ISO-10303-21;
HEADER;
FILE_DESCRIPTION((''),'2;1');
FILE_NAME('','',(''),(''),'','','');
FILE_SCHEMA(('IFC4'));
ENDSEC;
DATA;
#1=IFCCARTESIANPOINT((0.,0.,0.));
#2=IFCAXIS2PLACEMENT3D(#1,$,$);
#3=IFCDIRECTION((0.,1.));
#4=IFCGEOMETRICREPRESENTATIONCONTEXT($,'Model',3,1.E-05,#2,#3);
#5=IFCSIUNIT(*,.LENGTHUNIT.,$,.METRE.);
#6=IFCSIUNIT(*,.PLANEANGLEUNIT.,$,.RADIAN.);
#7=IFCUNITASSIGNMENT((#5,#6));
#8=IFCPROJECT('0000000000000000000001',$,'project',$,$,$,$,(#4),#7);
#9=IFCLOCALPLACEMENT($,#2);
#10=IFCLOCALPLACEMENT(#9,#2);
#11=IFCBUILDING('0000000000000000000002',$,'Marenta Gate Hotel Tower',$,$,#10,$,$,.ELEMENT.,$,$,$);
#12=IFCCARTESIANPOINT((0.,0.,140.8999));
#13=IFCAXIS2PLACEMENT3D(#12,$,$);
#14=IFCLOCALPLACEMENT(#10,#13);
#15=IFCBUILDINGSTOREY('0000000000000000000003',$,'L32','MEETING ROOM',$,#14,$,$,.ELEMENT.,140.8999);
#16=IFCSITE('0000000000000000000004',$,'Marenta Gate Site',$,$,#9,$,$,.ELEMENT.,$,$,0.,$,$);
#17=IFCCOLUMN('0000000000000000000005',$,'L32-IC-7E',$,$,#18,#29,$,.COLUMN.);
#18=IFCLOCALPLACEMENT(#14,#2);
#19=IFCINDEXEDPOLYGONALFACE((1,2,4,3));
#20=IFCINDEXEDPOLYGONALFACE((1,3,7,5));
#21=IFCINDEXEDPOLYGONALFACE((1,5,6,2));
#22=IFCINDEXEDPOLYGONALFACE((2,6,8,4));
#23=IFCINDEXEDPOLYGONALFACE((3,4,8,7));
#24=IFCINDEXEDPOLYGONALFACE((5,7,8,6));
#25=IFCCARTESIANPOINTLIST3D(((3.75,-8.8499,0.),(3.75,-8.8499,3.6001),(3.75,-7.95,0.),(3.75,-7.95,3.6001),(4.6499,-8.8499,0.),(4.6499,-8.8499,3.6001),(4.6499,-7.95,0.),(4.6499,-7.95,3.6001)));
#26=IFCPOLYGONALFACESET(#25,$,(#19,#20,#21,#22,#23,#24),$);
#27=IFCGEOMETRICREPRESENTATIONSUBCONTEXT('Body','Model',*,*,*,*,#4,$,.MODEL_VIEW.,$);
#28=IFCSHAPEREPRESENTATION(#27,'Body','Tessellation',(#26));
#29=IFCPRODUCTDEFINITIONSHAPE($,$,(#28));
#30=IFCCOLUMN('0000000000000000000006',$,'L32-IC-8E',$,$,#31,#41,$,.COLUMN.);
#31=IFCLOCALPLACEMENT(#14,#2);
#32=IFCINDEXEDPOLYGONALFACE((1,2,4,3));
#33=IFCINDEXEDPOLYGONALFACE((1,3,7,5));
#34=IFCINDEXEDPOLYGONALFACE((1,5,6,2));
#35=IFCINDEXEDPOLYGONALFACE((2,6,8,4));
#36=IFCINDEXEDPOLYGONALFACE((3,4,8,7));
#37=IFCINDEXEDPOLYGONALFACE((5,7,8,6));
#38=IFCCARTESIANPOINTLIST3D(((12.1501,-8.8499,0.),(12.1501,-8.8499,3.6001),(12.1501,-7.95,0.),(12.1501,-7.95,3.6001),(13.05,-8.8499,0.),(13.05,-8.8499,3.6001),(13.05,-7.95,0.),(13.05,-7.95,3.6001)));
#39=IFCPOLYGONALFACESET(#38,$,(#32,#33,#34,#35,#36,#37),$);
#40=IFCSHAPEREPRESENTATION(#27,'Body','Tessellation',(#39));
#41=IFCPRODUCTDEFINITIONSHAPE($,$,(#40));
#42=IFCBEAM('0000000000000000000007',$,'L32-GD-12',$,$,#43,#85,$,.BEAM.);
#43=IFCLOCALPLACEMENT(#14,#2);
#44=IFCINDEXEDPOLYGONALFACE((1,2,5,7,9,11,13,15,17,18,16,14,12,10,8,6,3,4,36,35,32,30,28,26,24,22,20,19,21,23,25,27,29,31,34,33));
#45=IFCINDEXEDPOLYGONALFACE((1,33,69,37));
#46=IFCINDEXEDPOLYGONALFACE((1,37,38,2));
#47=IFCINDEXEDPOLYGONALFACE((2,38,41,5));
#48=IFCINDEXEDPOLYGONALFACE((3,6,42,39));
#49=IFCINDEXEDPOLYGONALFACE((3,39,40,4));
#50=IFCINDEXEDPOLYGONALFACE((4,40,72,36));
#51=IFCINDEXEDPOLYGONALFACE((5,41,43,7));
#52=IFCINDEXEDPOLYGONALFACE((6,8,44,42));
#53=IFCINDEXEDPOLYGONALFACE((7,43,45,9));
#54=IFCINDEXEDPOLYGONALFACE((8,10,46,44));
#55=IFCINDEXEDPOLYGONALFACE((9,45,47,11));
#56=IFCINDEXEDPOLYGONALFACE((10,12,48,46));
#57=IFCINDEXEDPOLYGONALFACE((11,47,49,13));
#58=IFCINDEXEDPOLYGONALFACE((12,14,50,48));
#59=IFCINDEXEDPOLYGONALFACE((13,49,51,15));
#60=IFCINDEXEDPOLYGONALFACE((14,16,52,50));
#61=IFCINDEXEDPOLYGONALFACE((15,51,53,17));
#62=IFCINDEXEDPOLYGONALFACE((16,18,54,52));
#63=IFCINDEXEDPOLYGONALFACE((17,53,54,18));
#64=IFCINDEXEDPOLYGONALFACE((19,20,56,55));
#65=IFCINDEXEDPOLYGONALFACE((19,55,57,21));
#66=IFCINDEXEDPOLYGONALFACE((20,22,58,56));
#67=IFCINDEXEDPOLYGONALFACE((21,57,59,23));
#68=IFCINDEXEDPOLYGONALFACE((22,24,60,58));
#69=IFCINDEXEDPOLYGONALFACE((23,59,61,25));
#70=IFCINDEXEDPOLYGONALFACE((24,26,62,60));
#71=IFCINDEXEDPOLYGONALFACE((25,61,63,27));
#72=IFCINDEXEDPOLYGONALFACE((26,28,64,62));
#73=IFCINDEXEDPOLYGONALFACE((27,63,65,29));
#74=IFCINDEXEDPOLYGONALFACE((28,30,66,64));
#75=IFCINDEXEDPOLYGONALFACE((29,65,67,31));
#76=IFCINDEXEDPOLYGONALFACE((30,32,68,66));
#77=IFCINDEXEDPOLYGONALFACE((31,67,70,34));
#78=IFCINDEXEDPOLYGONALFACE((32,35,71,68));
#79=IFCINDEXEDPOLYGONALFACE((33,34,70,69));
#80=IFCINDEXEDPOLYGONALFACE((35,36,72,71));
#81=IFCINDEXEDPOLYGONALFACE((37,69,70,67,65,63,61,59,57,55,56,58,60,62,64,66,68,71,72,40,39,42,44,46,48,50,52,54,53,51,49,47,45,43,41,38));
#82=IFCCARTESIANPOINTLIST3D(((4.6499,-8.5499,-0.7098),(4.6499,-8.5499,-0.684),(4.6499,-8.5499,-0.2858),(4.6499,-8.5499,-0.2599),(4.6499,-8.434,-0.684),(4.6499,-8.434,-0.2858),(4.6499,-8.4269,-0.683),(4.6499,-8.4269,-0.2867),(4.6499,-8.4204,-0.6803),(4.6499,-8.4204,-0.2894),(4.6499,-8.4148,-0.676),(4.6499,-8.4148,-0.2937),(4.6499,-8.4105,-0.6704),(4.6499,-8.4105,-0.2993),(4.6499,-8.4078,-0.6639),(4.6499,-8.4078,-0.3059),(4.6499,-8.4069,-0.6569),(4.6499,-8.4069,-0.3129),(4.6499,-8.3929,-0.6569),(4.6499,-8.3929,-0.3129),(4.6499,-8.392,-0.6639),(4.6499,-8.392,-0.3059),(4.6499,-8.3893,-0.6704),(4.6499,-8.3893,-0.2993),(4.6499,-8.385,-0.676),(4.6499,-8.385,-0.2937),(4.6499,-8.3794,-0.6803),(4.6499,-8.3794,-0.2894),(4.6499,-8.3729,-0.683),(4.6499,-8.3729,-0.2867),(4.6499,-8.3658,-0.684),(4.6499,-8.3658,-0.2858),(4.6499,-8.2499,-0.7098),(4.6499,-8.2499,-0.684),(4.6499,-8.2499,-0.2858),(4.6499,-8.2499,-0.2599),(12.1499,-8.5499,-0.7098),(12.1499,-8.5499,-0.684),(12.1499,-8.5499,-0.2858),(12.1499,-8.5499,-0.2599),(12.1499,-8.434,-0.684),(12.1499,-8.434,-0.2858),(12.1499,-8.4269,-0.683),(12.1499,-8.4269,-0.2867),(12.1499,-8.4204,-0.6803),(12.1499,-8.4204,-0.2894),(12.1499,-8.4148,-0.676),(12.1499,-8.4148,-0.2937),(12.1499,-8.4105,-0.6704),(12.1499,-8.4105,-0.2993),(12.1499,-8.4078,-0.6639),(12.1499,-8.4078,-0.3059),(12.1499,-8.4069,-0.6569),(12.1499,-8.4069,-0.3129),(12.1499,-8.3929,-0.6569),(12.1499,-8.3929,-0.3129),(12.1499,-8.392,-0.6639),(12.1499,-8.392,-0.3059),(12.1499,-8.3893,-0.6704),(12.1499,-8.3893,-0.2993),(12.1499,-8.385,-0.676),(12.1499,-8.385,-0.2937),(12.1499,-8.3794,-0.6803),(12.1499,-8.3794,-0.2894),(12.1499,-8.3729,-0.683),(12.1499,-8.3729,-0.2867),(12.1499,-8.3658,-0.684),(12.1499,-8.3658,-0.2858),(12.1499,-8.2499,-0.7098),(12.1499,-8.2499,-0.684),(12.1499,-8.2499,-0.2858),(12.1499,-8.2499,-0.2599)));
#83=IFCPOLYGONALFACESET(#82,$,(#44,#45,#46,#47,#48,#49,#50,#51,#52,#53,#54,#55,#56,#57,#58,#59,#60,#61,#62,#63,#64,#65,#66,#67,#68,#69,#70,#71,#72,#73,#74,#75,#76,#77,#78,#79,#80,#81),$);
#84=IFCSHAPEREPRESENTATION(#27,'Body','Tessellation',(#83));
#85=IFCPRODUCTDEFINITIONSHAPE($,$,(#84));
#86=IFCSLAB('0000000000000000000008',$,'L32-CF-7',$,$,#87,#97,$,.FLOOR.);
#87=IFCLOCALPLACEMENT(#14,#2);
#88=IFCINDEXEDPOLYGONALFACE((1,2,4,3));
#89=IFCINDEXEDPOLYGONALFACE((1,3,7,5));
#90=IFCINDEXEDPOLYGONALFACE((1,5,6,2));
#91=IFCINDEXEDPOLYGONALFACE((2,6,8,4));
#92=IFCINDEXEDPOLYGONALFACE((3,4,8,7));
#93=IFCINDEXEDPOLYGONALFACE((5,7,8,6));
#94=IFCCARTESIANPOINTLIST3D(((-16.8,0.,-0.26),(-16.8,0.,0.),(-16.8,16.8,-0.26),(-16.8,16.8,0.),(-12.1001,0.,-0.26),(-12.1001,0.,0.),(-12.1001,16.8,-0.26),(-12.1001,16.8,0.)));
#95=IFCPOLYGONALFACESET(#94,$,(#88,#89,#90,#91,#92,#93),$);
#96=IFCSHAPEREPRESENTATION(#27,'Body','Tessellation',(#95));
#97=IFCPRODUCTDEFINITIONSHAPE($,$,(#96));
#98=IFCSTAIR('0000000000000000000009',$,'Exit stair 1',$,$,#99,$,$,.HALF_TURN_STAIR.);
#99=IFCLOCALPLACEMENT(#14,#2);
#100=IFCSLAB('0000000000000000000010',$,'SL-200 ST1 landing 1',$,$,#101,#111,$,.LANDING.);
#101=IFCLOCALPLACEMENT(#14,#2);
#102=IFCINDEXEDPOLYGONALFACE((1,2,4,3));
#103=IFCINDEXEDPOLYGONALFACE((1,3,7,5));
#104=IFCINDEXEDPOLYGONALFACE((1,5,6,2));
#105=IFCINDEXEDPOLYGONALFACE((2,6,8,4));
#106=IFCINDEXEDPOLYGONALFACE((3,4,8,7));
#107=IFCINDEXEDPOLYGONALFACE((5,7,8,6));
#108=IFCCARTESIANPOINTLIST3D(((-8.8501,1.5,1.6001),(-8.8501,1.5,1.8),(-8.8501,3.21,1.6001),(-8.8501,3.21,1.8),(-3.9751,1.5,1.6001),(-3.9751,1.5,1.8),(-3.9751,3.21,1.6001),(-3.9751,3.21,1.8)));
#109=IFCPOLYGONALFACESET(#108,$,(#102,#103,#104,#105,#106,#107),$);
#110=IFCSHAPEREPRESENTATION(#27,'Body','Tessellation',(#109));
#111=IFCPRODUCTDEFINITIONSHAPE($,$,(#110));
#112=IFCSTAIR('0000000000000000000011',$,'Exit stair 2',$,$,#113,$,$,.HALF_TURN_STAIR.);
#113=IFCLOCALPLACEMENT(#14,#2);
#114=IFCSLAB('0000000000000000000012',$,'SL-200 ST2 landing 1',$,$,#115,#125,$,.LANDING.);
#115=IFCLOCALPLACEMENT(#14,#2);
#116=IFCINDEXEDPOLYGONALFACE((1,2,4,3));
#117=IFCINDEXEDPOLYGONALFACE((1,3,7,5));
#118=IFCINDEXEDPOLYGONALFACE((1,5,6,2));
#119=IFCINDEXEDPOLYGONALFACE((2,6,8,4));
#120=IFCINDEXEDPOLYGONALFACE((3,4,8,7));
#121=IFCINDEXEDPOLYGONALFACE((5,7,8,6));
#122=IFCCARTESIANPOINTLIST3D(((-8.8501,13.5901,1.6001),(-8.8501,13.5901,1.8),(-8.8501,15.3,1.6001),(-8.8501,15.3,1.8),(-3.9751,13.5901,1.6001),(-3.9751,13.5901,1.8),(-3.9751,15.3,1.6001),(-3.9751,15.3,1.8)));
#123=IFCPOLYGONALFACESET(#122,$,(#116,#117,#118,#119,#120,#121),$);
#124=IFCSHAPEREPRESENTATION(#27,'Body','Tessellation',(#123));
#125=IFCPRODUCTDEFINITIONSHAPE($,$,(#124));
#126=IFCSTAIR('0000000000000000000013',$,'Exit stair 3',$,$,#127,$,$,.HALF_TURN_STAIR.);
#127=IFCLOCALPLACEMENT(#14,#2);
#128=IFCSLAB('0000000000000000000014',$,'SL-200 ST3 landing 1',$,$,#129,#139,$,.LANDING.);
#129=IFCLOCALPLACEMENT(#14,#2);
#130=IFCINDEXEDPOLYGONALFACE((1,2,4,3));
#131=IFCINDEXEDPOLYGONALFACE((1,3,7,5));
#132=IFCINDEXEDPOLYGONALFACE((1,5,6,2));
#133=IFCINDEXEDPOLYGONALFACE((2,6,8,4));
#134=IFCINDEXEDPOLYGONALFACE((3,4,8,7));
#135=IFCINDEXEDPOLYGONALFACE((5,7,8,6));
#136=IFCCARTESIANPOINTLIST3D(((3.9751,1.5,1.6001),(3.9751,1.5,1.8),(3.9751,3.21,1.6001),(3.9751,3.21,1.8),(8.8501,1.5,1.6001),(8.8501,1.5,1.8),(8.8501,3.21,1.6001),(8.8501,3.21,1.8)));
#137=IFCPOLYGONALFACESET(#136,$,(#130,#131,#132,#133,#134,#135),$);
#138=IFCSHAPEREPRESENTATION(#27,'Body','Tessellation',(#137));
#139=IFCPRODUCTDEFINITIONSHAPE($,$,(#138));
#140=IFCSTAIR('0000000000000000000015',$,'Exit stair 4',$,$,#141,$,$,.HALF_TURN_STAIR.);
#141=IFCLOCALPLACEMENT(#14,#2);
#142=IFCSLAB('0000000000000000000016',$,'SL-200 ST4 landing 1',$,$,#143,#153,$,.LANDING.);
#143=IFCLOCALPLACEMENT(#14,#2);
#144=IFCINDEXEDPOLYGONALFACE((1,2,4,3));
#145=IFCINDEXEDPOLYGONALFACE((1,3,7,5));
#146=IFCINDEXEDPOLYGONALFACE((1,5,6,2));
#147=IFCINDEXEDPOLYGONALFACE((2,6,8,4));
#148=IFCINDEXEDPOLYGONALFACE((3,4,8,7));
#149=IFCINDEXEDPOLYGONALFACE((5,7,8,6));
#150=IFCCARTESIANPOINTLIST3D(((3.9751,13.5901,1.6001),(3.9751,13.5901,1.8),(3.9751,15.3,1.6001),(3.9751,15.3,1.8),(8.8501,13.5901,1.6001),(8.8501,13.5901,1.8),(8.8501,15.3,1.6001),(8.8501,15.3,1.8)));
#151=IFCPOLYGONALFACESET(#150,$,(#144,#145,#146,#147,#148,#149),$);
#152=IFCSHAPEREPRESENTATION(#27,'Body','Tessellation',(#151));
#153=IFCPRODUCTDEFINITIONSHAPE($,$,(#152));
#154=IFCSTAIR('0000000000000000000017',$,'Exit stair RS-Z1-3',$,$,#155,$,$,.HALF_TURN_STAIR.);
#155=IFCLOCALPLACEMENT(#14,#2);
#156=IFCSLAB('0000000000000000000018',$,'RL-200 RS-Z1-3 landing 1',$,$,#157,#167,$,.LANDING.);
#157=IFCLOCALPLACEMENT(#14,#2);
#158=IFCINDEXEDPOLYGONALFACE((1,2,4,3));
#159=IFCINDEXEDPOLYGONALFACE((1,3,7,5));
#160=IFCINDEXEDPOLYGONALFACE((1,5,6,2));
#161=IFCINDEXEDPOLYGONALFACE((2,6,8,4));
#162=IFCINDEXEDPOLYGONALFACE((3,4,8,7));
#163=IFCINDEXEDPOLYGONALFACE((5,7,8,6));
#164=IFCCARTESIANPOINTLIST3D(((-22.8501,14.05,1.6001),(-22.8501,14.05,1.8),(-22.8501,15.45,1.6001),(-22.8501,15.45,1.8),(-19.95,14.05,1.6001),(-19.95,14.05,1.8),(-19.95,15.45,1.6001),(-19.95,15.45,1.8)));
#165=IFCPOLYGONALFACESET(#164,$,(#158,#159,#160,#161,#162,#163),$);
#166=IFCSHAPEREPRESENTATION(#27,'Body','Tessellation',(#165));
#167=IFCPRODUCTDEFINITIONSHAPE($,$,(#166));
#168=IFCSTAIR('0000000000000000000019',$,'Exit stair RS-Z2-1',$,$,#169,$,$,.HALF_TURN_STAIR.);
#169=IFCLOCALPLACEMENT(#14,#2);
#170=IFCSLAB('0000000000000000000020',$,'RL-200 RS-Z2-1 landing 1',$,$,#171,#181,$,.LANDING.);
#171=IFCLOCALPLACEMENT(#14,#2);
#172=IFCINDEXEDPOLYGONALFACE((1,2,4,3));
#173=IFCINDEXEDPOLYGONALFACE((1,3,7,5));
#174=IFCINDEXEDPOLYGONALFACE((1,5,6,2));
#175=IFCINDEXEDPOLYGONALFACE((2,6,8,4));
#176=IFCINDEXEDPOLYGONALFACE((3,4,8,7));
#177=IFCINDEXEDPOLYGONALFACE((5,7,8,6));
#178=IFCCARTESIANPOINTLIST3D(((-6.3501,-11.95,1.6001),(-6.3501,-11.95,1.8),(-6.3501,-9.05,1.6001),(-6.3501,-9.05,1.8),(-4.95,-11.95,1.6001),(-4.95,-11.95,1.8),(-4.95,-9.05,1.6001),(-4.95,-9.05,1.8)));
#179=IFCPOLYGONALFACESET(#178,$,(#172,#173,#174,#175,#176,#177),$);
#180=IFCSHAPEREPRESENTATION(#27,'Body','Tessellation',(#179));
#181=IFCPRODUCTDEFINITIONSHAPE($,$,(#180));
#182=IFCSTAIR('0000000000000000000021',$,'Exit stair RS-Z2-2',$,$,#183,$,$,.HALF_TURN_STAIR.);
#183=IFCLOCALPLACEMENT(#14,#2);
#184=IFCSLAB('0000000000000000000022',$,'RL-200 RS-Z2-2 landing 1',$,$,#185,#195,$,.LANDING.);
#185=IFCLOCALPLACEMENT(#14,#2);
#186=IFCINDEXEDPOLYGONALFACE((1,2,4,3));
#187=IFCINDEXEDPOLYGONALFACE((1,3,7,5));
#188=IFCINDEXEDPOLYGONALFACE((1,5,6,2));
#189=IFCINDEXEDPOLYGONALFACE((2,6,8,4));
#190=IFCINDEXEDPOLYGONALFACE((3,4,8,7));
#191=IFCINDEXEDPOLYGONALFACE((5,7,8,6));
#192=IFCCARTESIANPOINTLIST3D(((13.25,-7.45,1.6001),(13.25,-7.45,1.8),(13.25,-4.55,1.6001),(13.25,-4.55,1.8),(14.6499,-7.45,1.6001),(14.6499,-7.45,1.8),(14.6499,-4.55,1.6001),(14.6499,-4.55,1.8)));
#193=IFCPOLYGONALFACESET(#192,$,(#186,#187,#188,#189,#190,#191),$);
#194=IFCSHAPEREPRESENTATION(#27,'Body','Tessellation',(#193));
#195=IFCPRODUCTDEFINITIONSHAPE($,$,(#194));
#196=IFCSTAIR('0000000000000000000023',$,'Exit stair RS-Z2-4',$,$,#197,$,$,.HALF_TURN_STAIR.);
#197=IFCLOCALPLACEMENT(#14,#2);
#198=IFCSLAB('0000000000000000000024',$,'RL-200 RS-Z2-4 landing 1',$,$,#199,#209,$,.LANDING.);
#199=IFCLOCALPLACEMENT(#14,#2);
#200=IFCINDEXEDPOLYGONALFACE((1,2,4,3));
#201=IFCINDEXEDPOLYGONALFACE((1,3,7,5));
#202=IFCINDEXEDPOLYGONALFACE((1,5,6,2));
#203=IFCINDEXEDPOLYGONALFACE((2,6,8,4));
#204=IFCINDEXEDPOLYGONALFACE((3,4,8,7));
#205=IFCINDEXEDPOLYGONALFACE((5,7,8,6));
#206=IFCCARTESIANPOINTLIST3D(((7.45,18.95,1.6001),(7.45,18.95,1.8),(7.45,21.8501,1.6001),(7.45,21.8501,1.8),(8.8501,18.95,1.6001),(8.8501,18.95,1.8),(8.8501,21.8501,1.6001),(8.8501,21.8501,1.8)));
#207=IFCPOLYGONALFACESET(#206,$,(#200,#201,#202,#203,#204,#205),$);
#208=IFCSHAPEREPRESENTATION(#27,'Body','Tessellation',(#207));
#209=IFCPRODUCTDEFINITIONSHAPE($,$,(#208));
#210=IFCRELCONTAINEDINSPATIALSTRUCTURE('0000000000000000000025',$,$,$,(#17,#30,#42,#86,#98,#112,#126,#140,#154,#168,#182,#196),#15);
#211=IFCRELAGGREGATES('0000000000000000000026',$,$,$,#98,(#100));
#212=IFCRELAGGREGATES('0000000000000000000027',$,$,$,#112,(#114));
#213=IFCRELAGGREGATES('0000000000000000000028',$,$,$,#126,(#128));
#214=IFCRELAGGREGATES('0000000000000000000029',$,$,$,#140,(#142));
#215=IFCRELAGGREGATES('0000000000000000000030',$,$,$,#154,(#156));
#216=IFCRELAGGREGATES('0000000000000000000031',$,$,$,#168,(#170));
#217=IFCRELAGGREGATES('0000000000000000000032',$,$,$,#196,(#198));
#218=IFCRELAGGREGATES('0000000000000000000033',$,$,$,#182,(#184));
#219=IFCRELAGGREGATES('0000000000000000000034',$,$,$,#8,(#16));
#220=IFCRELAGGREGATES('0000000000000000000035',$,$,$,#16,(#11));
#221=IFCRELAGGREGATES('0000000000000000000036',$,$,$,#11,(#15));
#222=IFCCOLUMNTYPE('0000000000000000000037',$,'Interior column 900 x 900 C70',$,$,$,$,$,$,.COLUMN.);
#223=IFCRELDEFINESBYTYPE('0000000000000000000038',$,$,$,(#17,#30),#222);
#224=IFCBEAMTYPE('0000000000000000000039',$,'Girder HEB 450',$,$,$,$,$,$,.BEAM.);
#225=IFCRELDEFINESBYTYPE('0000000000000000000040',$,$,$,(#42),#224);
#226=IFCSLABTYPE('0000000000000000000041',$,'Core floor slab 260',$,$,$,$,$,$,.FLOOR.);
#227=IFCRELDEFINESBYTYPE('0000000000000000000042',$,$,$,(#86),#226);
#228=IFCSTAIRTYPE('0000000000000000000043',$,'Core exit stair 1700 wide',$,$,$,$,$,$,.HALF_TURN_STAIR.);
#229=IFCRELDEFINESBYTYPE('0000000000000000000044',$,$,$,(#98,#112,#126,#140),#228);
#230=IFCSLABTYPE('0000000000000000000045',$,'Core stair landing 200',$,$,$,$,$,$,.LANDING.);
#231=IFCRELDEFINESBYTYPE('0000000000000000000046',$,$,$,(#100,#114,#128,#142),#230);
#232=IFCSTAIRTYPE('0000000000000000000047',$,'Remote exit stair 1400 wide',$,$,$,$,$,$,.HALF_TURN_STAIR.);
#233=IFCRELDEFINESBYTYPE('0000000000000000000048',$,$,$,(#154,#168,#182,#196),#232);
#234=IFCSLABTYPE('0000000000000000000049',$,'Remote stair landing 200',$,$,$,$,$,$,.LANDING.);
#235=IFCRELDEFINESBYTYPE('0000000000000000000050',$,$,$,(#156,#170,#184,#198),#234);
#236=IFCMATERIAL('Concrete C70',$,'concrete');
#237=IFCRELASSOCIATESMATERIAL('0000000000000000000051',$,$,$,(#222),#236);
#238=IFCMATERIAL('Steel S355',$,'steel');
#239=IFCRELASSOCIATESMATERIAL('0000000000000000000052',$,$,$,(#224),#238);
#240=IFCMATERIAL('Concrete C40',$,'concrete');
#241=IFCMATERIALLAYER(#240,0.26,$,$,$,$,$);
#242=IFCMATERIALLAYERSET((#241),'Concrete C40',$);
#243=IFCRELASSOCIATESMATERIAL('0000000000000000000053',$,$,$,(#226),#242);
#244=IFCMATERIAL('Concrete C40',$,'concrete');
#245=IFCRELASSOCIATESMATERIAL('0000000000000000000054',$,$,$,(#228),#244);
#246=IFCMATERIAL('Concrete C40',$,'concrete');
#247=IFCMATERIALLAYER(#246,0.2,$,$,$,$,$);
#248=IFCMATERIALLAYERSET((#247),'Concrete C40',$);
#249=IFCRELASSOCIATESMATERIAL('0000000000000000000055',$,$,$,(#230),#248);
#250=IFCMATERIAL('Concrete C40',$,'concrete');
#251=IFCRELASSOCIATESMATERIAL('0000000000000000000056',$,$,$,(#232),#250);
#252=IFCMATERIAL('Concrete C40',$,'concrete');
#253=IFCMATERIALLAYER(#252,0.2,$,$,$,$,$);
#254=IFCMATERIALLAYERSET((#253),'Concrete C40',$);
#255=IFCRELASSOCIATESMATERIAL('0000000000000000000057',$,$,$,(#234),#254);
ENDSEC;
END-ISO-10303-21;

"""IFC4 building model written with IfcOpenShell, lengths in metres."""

from ifc_helpers import new_model, si_unit, direction, frame, origin, origin_2d, place, context, subcontext, project, spatial, polyline, rectangle, i_section, outline, extrude, material, layer, layer_set, material_profile, profile_set, type_object, element, aggregate, save


model = new_model("IFC4")

# Units and contexts
model_context = context("Model", 3, precision=1e-05, world=origin(), true_north=direction((0.0, 1.0)))
body_context = subcontext(model_context, "Body", "Model", "MODEL_VIEW")
ifc_project = project(units=[si_unit("LENGTHUNIT", "METRE"), si_unit("PLANEANGLEUNIT", "RADIAN")], contexts=[model_context])

# Site, building, storey
site_placement = place(None, origin())
site = spatial("IfcSite", under=ifc_project, at=site_placement, Name="Marenta Gate Site", CompositionType="ELEMENT", RefElevation=0.0)
building_placement = place(site_placement, origin())
building = spatial("IfcBuilding", under=site, at=building_placement, Name="Marenta Gate Hotel Tower", CompositionType="ELEMENT")
storey_placement = place(building_placement, frame((0.0, 0.0, 140.8999)))
storey = spatial("IfcBuildingStorey", under=building, at=storey_placement, Name="L32", Description="MEETING ROOM", CompositionType="ELEMENT", Elevation=140.8999)

# Columns
ifc_material_1 = material(Name="Concrete C70", Category="concrete")
ifc_material_profile_1 = material_profile(ifc_material_1, rectangle(XDim=0.8999, YDim=0.8999, at=origin_2d()), Name="900 x 900")
ifc_profile_set_1 = profile_set([ifc_material_profile_1], Name="Concrete C70")
column_type = type_object("IfcColumnType", Name="Interior column 900 x 900 C70", PredefinedType="COLUMN", material=ifc_profile_set_1)
for number, where, z_axis, x_axis, name in (
    (1, (4.2, -8.3999, 0.0), (0.0, 0.0, 1.0), (1.0, 0.0, 0.0), "L32-IC-7E"),
    (2, (12.6001, -8.3999, 0.0), (0.0, 0.0, 1.0), (1.0, 0.0, 0.0), "L32-IC-8E"),
):
    element("IfcColumn", number, at=place(storey_placement, frame(where, z_axis=z_axis, x_axis=x_axis)), inside=storey, type_object=column_type, Name=name, PredefinedType="COLUMN", context=body_context, shape_type="SweptSolid", body=[
        extrude(rectangle(XDim=0.8999, YDim=0.8999, at=origin_2d()), origin(), (0.0, 0.0, 1.0), 3.6001),
    ])

# Beam
ifc_material_2 = material(Name="Steel S355", Category="steel")
ifc_material_profile_2 = material_profile(ifc_material_2, i_section(OverallWidth=0.3, OverallDepth=0.45, WebThickness=0.0139, FlangeThickness=0.0259, FilletRadius=0.0271, at=origin_2d()), Name="HEB 450")
ifc_profile_set_2 = profile_set([ifc_material_profile_2], Name="Steel S355")
beam_type = type_object("IfcBeamType", Name="Girder HEB 450", PredefinedType="BEAM", material=ifc_profile_set_2)
beam_placement = place(storey_placement, frame((4.6499, -8.3999, -0.4849), z_axis=(1.0, 0.0, 0.0), x_axis=(0.0, 1.0, 0.0)))
element("IfcBeam", 3, at=beam_placement, inside=storey, type_object=beam_type, Name="L32-GD-12", PredefinedType="BEAM", context=body_context, shape_type="SweptSolid", body=[
    extrude(i_section(OverallWidth=0.3, OverallDepth=0.45, WebThickness=0.0139, FlangeThickness=0.0259, FilletRadius=0.0271, at=origin_2d()), origin(), (0.0, 0.0, 1.0), 7.5),
])

# Slab
ifc_material_3 = material(Name="Concrete C40", Category="concrete")
ifc_layer_1 = layer(ifc_material_3, 0.26)
ifc_layer_set_1 = layer_set([ifc_layer_1], Name="Concrete C40")
slab_type_1 = type_object("IfcSlabType", Name="Core floor slab 260", PredefinedType="FLOOR", material=ifc_layer_set_1)
slab_1_placement = place(storey_placement, frame((0.0, 0.0, -0.26)))
element("IfcSlab", 4, at=slab_1_placement, inside=storey, type_object=slab_type_1, Name="L32-CF-7", PredefinedType="FLOOR", context=body_context, shape_type="SweptSolid", body=[
    extrude(outline(polyline([(-12.1001, 16.8), (-12.1001, 0.0), (-16.8, 0.0), (-16.8, 16.8), (-12.1001, 16.8)])), origin(), (0.0, 0.0, 1.0), 0.26),
])

# Stairs, slabs
ifc_material_4 = material(Name="Concrete C40", Category="concrete")
stair_type_1 = type_object("IfcStairType", Name="Core exit stair 1700 wide", PredefinedType="HALF_TURN_STAIR", material=ifc_material_4)
stair_1_placement = place(storey_placement, origin())
stair_1 = element("IfcStair", 5, at=stair_1_placement, inside=storey, type_object=stair_type_1, Name="Exit stair 1", PredefinedType="HALF_TURN_STAIR")
ifc_material_5 = material(Name="Concrete C40", Category="concrete")
ifc_layer_2 = layer(ifc_material_5, 0.2)
ifc_layer_set_2 = layer_set([ifc_layer_2], Name="Concrete C40")
slab_type_2 = type_object("IfcSlabType", Name="Core stair landing 200", PredefinedType="LANDING", material=ifc_layer_set_2)
slab_2_placement = place(storey_placement, frame((0.0, 0.0, 1.6001)))
slab_2 = element("IfcSlab", 6, at=slab_2_placement, type_object=slab_type_2, Name="SL-200 ST1 landing 1", PredefinedType="LANDING", context=body_context, shape_type="SweptSolid", body=[
    extrude(outline(polyline([(-8.8501, 1.5), (-3.9751, 1.5), (-3.9751, 3.21), (-8.8501, 3.21), (-8.8501, 1.5)])), origin(), (0.0, 0.0, 1.0), 0.2),
])
aggregate(stair_1, [slab_2])
stair_2_placement = place(storey_placement, origin())
stair_2 = element("IfcStair", 7, at=stair_2_placement, inside=storey, type_object=stair_type_1, Name="Exit stair 2", PredefinedType="HALF_TURN_STAIR")
slab_3_placement = place(storey_placement, frame((0.0, 0.0, 1.6001)))
slab_3 = element("IfcSlab", 8, at=slab_3_placement, type_object=slab_type_2, Name="SL-200 ST2 landing 1", PredefinedType="LANDING", context=body_context, shape_type="SweptSolid", body=[
    extrude(outline(polyline([(-8.8501, 13.5901), (-3.9751, 13.5901), (-3.9751, 15.3), (-8.8501, 15.3), (-8.8501, 13.5901)])), origin(), (0.0, 0.0, 1.0), 0.2),
])
aggregate(stair_2, [slab_3])
stair_3_placement = place(storey_placement, origin())
stair_3 = element("IfcStair", 9, at=stair_3_placement, inside=storey, type_object=stair_type_1, Name="Exit stair 3", PredefinedType="HALF_TURN_STAIR")
slab_4_placement = place(storey_placement, frame((0.0, 0.0, 1.6001)))
slab_4 = element("IfcSlab", 10, at=slab_4_placement, type_object=slab_type_2, Name="SL-200 ST3 landing 1", PredefinedType="LANDING", context=body_context, shape_type="SweptSolid", body=[
    extrude(outline(polyline([(3.9751, 1.5), (8.8501, 1.5), (8.8501, 3.21), (3.9751, 3.21), (3.9751, 1.5)])), origin(), (0.0, 0.0, 1.0), 0.2),
])
aggregate(stair_3, [slab_4])
stair_4_placement = place(storey_placement, origin())
stair_4 = element("IfcStair", 11, at=stair_4_placement, inside=storey, type_object=stair_type_1, Name="Exit stair 4", PredefinedType="HALF_TURN_STAIR")
slab_5_placement = place(storey_placement, frame((0.0, 0.0, 1.6001)))
slab_5 = element("IfcSlab", 12, at=slab_5_placement, type_object=slab_type_2, Name="SL-200 ST4 landing 1", PredefinedType="LANDING", context=body_context, shape_type="SweptSolid", body=[
    extrude(outline(polyline([(3.9751, 13.5901), (8.8501, 13.5901), (8.8501, 15.3), (3.9751, 15.3), (3.9751, 13.5901)])), origin(), (0.0, 0.0, 1.0), 0.2),
])
aggregate(stair_4, [slab_5])
ifc_material_6 = material(Name="Concrete C40", Category="concrete")
stair_type_2 = type_object("IfcStairType", Name="Remote exit stair 1400 wide", PredefinedType="HALF_TURN_STAIR", material=ifc_material_6)
stair_5_placement = place(storey_placement, origin())
stair_5 = element("IfcStair", 13, at=stair_5_placement, inside=storey, type_object=stair_type_2, Name="Exit stair RS-Z1-3", PredefinedType="HALF_TURN_STAIR")
ifc_material_7 = material(Name="Concrete C40", Category="concrete")
ifc_layer_3 = layer(ifc_material_7, 0.2)
ifc_layer_set_3 = layer_set([ifc_layer_3], Name="Concrete C40")
slab_type_3 = type_object("IfcSlabType", Name="Remote stair landing 200", PredefinedType="LANDING", material=ifc_layer_set_3)
slab_6_placement = place(storey_placement, frame((0.0, 0.0, 1.6001)))
slab_6 = element("IfcSlab", 14, at=slab_6_placement, type_object=slab_type_3, Name="RL-200 RS-Z1-3 landing 1", PredefinedType="LANDING", context=body_context, shape_type="SweptSolid", body=[
    extrude(outline(polyline([(-22.8501, 14.05), (-19.95, 14.05), (-19.95, 15.45), (-22.8501, 15.45), (-22.8501, 14.05)])), origin(), (0.0, 0.0, 1.0), 0.2),
])
aggregate(stair_5, [slab_6])
stair_6_placement = place(storey_placement, origin())
stair_6 = element("IfcStair", 15, at=stair_6_placement, inside=storey, type_object=stair_type_2, Name="Exit stair RS-Z2-1", PredefinedType="HALF_TURN_STAIR")
slab_7_placement = place(storey_placement, frame((0.0, 0.0, 1.6001)))
slab_7 = element("IfcSlab", 16, at=slab_7_placement, type_object=slab_type_3, Name="RL-200 RS-Z2-1 landing 1", PredefinedType="LANDING", context=body_context, shape_type="SweptSolid", body=[
    extrude(outline(polyline([(-6.3501, -11.95), (-4.95, -11.95), (-4.95, -9.05), (-6.3501, -9.05), (-6.3501, -11.95)])), origin(), (0.0, 0.0, 1.0), 0.2),
])
aggregate(stair_6, [slab_7])
stair_7_placement = place(storey_placement, origin())
stair_7 = element("IfcStair", 17, at=stair_7_placement, inside=storey, type_object=stair_type_2, Name="Exit stair RS-Z2-2", PredefinedType="HALF_TURN_STAIR")
slab_8_placement = place(storey_placement, frame((0.0, 0.0, 1.6001)))
slab_8 = element("IfcSlab", 18, at=slab_8_placement, type_object=slab_type_3, Name="RL-200 RS-Z2-2 landing 1", PredefinedType="LANDING", context=body_context, shape_type="SweptSolid", body=[
    extrude(outline(polyline([(13.25, -7.45), (14.6499, -7.45), (14.6499, -4.55), (13.25, -4.55), (13.25, -7.45)])), origin(), (0.0, 0.0, 1.0), 0.2),
])
stair_8_placement = place(storey_placement, origin())
stair_8 = element("IfcStair", 19, at=stair_8_placement, inside=storey, type_object=stair_type_2, Name="Exit stair RS-Z2-4", PredefinedType="HALF_TURN_STAIR")
slab_9_placement = place(storey_placement, frame((0.0, 0.0, 1.6001)))
slab_9 = element("IfcSlab", 20, at=slab_9_placement, type_object=slab_type_3, Name="RL-200 RS-Z2-4 landing 1", PredefinedType="LANDING", context=body_context, shape_type="SweptSolid", body=[
    extrude(outline(polyline([(7.45, 18.95), (8.8501, 18.95), (8.8501, 21.8501), (7.45, 21.8501), (7.45, 18.95)])), origin(), (0.0, 0.0, 1.0), 0.2),
])
aggregate(stair_8, [slab_9])

aggregate(stair_7, [slab_8])

save(model, "model.ifc")
